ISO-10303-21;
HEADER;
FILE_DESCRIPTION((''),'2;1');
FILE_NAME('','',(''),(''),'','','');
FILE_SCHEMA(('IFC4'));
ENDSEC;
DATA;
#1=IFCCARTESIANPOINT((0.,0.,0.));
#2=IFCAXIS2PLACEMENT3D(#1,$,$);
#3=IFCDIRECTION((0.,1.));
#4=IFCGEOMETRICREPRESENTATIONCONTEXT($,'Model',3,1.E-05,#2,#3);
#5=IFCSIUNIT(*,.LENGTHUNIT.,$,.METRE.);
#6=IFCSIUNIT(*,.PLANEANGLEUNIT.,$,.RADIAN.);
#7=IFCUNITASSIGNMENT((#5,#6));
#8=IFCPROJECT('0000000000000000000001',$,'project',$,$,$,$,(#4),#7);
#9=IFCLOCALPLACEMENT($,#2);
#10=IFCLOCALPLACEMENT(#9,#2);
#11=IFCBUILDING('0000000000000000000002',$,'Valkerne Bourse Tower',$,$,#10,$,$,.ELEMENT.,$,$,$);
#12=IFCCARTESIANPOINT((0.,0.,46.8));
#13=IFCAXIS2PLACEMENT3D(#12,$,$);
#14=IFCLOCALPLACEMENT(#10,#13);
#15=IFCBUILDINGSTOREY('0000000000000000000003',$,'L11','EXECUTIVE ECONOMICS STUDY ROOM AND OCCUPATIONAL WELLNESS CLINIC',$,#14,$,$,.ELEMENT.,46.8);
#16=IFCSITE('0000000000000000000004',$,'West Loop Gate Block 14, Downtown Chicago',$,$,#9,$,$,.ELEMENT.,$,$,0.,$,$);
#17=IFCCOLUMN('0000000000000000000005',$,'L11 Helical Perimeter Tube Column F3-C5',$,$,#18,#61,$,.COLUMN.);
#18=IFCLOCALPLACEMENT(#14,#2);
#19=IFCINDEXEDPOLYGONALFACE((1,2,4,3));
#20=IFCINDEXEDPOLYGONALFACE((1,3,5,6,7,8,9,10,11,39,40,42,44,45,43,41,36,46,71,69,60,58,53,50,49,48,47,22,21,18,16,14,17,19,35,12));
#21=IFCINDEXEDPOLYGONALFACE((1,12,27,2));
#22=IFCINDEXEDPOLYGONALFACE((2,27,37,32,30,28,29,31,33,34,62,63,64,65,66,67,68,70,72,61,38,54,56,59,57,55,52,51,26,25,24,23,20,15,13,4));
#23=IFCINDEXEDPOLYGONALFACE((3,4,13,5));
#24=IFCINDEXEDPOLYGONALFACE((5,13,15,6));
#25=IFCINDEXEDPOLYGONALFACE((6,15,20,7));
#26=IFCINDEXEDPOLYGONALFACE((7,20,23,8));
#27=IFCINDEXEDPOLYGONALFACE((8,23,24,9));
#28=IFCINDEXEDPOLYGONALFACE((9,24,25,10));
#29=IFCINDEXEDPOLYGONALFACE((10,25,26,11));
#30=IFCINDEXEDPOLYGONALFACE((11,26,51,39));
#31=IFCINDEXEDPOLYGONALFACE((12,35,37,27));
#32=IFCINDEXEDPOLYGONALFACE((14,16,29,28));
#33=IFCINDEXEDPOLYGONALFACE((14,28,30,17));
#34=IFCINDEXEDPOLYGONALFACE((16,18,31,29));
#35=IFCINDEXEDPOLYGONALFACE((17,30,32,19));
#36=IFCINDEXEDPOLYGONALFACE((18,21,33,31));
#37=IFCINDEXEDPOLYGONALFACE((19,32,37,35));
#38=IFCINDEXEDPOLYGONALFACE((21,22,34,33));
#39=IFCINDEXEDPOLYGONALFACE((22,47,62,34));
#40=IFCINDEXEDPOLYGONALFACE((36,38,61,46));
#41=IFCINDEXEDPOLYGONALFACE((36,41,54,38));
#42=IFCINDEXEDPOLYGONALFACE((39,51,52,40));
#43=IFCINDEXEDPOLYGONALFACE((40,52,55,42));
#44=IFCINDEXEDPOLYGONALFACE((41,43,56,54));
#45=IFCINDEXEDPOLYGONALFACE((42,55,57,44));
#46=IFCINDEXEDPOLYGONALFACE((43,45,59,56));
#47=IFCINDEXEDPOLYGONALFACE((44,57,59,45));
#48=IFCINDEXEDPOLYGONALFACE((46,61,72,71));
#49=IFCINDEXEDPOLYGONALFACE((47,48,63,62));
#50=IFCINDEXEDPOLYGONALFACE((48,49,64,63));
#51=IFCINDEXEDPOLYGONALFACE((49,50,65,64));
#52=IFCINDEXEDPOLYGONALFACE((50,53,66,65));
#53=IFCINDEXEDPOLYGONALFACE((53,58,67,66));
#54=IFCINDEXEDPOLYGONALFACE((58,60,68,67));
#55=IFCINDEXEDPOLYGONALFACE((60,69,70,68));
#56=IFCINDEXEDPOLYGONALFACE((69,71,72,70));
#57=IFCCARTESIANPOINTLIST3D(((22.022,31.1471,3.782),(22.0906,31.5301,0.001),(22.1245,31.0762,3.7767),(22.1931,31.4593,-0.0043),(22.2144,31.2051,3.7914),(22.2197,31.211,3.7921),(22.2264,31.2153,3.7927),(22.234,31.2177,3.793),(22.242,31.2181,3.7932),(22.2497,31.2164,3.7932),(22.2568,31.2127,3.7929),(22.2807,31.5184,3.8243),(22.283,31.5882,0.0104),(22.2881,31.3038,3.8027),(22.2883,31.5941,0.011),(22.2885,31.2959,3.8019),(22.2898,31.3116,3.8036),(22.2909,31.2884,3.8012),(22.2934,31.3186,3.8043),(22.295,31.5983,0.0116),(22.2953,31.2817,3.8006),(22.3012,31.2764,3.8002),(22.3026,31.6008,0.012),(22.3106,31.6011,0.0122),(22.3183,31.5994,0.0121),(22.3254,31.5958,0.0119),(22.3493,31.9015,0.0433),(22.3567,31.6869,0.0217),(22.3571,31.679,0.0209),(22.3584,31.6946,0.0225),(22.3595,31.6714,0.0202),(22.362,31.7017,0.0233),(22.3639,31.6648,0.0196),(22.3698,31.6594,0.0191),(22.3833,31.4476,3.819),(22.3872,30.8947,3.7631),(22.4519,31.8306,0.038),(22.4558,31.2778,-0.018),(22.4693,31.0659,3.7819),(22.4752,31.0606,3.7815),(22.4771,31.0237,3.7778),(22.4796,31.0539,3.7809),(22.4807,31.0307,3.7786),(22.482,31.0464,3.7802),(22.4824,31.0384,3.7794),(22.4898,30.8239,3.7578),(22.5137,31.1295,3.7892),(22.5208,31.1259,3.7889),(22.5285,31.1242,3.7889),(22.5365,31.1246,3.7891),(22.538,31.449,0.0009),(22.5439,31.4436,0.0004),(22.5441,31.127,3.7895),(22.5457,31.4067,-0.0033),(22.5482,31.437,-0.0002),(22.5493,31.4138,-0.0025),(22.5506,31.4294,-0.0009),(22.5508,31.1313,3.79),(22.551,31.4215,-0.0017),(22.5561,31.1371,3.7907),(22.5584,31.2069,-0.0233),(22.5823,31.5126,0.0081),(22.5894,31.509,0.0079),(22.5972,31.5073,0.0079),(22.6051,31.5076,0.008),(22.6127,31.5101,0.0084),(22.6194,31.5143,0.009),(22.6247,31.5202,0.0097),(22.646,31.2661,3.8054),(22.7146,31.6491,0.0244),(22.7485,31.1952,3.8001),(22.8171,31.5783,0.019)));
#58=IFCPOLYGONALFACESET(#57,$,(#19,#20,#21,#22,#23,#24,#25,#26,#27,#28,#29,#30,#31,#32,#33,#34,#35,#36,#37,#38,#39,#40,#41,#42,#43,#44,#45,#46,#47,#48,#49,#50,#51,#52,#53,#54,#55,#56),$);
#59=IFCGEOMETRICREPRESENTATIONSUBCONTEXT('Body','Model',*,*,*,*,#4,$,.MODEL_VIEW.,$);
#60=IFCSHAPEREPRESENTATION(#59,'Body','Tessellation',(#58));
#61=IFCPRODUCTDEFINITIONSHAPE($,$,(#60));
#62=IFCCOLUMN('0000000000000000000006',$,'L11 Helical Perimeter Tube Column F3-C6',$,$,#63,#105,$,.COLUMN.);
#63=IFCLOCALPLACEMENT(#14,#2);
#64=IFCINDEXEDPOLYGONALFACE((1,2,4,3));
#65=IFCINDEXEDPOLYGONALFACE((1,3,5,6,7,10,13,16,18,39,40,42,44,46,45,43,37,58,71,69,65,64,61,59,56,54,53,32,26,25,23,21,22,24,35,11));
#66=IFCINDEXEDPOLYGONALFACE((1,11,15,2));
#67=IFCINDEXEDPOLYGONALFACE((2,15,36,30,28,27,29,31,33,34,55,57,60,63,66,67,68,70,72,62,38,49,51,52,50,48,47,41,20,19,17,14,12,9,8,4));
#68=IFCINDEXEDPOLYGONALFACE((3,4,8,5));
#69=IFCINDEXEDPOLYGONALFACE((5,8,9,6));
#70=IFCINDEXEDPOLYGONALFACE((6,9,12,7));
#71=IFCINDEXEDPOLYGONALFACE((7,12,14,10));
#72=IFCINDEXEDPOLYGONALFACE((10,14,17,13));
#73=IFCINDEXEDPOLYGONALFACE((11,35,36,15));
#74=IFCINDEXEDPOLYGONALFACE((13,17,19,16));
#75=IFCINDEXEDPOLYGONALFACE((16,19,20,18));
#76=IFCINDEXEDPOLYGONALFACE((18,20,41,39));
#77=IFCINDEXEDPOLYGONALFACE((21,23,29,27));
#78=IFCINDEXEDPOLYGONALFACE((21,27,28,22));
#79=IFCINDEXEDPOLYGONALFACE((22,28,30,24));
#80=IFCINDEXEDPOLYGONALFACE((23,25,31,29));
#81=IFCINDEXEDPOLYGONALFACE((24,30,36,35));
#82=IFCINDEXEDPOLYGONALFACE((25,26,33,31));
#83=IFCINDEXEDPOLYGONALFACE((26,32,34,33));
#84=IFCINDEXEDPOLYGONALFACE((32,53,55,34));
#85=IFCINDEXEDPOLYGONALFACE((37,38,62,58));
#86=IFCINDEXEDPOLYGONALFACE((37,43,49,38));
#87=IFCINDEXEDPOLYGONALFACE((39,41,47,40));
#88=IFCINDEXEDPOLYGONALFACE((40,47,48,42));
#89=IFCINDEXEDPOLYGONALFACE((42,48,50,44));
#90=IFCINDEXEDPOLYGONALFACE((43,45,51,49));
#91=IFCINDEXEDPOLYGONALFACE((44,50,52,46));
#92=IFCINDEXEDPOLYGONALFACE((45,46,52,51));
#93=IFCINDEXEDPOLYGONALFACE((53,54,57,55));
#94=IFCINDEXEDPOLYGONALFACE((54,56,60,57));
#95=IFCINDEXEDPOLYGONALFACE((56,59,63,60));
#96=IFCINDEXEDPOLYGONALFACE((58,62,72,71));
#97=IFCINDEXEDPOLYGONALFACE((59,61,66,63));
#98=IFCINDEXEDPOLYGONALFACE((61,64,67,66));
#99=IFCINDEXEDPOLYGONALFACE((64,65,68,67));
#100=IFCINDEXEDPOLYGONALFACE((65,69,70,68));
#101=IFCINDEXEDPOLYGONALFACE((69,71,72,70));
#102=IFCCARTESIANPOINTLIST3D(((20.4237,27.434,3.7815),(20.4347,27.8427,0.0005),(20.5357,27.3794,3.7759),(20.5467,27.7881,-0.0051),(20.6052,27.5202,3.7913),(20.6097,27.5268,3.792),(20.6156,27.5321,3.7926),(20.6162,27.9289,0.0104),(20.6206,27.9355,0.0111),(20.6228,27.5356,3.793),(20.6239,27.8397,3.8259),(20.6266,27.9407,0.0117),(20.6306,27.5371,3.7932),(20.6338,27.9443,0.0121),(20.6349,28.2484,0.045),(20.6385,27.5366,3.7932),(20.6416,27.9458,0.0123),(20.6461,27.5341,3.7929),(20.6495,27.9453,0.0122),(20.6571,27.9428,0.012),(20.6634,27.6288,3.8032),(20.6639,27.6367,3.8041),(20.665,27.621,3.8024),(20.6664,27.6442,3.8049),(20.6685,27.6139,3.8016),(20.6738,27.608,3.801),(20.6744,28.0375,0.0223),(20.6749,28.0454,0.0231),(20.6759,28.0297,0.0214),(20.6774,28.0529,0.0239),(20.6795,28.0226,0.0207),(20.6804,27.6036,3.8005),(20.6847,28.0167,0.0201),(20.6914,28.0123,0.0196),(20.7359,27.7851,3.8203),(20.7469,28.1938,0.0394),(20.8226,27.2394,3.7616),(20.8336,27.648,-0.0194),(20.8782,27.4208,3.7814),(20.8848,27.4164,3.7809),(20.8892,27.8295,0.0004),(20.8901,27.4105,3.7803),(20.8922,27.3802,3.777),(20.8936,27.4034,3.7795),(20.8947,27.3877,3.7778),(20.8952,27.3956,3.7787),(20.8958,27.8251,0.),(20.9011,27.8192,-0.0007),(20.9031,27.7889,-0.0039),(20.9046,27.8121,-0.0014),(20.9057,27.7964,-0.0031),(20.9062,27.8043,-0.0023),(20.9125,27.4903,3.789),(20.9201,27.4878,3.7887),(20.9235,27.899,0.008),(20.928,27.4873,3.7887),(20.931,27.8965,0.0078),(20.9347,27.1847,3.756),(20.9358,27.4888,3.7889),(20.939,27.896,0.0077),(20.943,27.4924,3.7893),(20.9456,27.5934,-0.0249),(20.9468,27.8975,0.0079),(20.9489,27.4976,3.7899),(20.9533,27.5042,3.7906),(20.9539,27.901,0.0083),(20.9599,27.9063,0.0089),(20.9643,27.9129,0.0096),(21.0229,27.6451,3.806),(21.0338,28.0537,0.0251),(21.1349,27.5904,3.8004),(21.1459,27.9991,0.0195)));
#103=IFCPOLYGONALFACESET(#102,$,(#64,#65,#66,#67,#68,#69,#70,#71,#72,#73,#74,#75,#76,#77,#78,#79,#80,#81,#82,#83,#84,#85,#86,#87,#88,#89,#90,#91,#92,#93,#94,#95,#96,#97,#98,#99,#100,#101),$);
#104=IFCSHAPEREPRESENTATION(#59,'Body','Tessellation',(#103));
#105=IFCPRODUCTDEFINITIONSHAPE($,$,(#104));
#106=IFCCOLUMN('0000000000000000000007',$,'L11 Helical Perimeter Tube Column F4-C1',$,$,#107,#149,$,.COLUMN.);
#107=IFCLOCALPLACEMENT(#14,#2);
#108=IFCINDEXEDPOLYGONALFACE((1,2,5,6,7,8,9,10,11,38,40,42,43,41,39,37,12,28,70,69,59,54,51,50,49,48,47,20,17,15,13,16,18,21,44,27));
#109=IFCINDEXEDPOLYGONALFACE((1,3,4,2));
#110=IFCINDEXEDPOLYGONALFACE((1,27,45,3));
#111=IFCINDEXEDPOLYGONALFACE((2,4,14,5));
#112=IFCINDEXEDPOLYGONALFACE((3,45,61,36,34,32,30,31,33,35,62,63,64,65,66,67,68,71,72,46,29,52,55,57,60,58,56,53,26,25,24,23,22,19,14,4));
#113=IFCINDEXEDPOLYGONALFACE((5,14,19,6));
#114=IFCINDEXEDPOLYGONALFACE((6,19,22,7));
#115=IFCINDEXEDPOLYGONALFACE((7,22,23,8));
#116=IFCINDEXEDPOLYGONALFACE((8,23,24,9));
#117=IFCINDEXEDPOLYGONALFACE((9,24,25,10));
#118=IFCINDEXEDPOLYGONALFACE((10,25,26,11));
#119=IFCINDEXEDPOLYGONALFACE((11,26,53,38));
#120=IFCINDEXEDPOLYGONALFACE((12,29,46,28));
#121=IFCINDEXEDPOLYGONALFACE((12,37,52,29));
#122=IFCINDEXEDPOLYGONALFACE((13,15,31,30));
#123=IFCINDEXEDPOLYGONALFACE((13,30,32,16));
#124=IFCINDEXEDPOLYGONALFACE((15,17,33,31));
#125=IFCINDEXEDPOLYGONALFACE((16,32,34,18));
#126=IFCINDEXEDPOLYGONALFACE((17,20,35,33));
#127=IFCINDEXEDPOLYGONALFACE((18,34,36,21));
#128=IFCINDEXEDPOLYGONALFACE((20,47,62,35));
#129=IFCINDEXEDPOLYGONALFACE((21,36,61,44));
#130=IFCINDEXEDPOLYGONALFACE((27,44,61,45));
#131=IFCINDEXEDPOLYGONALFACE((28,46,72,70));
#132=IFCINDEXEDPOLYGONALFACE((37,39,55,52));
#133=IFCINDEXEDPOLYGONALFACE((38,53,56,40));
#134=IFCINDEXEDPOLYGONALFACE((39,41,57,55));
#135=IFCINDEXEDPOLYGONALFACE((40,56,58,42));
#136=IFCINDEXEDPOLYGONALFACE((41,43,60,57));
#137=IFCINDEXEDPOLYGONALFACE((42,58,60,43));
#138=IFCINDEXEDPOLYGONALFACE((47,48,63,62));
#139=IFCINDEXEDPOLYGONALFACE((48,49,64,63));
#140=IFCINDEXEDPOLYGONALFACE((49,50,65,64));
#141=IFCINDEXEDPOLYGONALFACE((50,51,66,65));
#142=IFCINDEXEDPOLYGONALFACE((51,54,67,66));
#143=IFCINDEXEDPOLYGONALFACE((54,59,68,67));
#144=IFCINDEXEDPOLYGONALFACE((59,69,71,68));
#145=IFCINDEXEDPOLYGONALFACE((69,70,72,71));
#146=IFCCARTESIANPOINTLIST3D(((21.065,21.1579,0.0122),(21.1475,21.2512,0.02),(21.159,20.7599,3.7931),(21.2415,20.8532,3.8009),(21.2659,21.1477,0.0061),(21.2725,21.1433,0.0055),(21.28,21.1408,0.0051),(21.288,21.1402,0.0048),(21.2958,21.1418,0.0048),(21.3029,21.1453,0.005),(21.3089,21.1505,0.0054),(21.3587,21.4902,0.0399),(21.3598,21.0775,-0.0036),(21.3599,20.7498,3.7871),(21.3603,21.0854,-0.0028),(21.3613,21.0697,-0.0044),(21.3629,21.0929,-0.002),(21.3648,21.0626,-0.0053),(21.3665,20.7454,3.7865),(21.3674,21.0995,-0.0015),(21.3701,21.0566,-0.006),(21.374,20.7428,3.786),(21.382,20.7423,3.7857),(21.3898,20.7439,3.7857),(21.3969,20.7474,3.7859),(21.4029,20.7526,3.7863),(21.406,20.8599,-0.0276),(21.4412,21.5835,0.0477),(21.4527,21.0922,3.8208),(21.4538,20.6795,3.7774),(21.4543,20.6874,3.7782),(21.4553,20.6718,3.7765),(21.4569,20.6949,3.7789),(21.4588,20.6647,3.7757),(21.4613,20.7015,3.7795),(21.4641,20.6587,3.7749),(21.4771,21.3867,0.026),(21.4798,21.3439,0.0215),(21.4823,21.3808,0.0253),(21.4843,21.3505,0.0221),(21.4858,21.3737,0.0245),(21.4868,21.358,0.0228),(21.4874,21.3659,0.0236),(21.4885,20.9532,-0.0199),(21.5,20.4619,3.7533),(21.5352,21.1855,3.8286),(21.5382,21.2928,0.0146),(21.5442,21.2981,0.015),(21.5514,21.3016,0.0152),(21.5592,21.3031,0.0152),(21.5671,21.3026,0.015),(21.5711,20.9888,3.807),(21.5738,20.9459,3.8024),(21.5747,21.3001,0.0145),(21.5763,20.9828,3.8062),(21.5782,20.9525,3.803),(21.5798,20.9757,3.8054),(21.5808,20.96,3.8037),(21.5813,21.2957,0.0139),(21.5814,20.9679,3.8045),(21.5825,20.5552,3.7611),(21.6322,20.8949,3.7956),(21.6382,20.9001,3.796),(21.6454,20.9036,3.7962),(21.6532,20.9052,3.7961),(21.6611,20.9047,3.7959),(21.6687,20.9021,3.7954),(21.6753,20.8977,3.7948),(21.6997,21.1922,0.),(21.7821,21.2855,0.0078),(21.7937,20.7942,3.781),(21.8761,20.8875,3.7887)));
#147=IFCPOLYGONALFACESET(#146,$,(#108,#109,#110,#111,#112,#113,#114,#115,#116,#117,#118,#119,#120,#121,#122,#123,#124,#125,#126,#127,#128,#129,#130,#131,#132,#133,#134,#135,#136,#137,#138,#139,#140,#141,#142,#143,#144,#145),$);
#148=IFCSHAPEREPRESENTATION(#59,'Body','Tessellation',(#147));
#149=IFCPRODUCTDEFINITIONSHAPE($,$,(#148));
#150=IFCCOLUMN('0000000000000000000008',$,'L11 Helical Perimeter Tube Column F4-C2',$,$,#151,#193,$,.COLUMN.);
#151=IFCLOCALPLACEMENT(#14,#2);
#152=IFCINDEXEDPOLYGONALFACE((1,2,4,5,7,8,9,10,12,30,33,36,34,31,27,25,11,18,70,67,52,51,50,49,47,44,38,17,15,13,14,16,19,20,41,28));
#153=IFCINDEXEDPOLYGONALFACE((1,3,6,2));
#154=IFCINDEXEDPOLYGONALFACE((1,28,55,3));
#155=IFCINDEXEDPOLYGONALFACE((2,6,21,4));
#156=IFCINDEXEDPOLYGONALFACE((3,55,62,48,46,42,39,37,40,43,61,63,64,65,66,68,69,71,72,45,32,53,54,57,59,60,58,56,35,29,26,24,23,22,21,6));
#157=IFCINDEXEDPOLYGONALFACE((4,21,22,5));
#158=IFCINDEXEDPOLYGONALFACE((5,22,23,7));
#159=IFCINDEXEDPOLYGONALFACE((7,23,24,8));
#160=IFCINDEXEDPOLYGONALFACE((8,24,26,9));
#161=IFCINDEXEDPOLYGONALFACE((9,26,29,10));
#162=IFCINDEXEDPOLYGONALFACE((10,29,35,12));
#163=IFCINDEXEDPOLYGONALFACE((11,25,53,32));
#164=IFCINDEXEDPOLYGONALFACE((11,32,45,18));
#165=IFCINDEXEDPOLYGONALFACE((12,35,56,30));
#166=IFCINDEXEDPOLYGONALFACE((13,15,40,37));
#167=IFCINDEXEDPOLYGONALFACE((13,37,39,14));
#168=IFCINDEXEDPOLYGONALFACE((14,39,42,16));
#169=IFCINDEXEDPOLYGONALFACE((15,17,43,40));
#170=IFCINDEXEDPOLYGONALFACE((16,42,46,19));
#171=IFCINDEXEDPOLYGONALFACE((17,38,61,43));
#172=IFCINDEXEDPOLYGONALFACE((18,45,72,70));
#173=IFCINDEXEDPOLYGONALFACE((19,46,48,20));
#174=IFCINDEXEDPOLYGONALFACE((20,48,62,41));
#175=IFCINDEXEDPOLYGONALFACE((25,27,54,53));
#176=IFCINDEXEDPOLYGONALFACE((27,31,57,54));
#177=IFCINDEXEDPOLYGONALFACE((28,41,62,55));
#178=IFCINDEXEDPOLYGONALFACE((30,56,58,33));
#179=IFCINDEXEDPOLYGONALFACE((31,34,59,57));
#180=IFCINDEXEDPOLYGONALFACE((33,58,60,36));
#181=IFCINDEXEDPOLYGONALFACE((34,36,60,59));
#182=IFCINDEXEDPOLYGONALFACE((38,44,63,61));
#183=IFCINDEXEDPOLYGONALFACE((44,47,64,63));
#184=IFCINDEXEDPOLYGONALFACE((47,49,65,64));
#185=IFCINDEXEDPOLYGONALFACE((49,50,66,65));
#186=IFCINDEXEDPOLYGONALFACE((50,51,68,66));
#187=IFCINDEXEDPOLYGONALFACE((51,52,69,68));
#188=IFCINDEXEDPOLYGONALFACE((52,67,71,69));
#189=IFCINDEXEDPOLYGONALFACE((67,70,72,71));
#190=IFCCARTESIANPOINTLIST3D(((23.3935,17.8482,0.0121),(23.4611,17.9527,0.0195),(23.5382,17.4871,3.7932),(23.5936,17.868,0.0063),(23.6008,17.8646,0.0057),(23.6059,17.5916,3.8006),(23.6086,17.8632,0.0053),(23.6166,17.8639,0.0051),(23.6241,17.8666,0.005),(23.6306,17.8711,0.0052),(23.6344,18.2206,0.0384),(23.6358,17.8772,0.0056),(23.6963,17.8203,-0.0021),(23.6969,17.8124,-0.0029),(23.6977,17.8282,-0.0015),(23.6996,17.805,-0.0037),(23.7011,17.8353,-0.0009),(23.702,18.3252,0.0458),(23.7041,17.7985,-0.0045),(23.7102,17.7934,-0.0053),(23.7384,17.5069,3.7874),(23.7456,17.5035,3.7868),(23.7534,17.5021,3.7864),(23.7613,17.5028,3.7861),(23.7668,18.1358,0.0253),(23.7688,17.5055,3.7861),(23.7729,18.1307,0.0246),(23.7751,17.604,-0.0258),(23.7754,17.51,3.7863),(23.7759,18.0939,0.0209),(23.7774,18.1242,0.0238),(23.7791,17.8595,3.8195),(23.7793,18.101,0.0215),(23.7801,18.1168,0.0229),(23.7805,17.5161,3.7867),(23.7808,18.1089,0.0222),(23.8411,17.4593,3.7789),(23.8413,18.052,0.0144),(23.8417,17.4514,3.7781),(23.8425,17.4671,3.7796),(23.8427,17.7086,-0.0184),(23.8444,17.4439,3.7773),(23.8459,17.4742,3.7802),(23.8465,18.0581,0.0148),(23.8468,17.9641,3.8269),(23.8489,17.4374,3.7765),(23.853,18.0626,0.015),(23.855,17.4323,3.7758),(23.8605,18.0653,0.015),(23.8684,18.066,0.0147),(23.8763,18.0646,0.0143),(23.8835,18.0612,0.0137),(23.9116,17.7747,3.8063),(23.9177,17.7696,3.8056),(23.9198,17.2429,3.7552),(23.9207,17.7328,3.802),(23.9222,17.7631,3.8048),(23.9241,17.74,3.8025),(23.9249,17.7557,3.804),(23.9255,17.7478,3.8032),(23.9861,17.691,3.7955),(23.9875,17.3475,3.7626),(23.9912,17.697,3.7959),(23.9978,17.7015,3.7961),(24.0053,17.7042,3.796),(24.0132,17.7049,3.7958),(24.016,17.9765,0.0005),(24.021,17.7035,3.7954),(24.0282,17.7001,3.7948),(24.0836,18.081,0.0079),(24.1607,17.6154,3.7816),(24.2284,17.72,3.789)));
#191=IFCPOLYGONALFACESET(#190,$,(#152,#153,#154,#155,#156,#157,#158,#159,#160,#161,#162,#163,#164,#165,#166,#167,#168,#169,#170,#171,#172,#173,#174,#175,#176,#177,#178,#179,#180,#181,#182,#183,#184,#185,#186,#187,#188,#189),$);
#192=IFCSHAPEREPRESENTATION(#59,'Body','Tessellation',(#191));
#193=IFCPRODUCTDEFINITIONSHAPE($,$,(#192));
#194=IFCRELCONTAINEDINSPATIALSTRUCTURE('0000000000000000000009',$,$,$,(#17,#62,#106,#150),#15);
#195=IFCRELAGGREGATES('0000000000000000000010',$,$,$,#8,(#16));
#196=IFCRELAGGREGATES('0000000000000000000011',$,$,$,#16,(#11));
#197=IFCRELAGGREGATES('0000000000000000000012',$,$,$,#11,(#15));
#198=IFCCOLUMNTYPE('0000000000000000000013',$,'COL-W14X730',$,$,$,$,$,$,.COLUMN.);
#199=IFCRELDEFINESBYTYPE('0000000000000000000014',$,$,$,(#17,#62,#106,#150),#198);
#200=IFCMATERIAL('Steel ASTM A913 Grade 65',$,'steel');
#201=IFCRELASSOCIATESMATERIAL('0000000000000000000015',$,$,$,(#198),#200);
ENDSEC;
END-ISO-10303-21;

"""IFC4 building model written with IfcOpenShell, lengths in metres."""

from ifc_helpers import new_model, si_unit, direction, frame, origin, origin_2d, place, context, subcontext, project, spatial, i_section, extrude, material, material_profile, profile_set, type_object, element, save


model = new_model("IFC4")

# Units and contexts
model_context = context("Model", 3, precision=1e-05, world=origin(), true_north=direction((0.0, 1.0)))
body_context = subcontext(model_context, "Body", "Model", "MODEL_VIEW")
ifc_project = project(units=[si_unit("LENGTHUNIT", "METRE"), si_unit("PLANEANGLEUNIT", "RADIAN")], contexts=[model_context])

# Site, building, storey
site_placement = place(None, origin())
site = spatial("IfcSite", under=ifc_project, at=site_placement, Name="West Loop Gate Block 14, Downtown Chicago", CompositionType="ELEMENT", RefElevation=0.0)
building_placement = place(site_placement, origin())
building = spatial("IfcBuilding", under=site, at=building_placement, Name="Valkerne Bourse Tower", CompositionType="ELEMENT")
storey_placement = place(building_placement, frame((0.0, 0.0, 46.8)))
storey = spatial("IfcBuildingStorey", under=building, at=storey_placement, Name="L11", Description="EXECUTIVE ECONOMICS STUDY ROOM AND OCCUPATIONAL WELLNESS CLINIC", CompositionType="ELEMENT", Elevation=46.8)

# Columns
ifc_material_1 = material(Name="Steel ASTM A913 Grade 65", Category="steel")
ifc_material_profile_1 = material_profile(ifc_material_1, i_section(OverallWidth=0.4546, OverallDepth=0.5691, WebThickness=0.0779, FlangeThickness=0.1248, FilletRadius=0.0305, at=origin_2d()), Name="W14X730")
ifc_profile_set_1 = profile_set([ifc_material_profile_1], Name="Steel ASTM A913 Grade 65")
column_type = type_object("IfcColumnType", Name="COL-W14X730", PredefinedType="COLUMN", material=ifc_profile_set_1)
column_1_placement = place(storey_placement, frame((22.4539, 31.5542, 0.01), z_axis=(-0.018049, -0.100778, 0.994745), x_axis=(-0.569208, -0.816907, -0.093089)))
element("IfcColumn", 1, at=column_1_placement, inside=storey, type_object=column_type, Name="L11 Helical Perimeter Tube Column F3-C5", PredefinedType="COLUMN", context=body_context, shape_type="SweptSolid", body=[
    extrude(i_section(OverallWidth=0.4546, OverallDepth=0.5691, WebThickness=0.0779, FlangeThickness=0.1248, FilletRadius=0.0305, at=origin_2d()), origin(), (0.0, 0.0, 1.0), 3.801),
])
for number, where, z_axis, x_axis, name in (
    (2, (20.7903, 27.9209, 0.01), (-0.002889, -0.107464, 0.994205), (-0.440422, -0.892454, -0.097746), "L11 Helical Perimeter Tube Column F3-C6"),
    (3, (21.4236, 21.2217, 0.01), (0.024715, -0.104639, 0.994203), (0.750057, -0.655541, -0.087641), "L11 Helical Perimeter Tube Column F4-C1"),
):
    element("IfcColumn", number, at=place(storey_placement, frame(where, z_axis=z_axis, x_axis=x_axis)), inside=storey, type_object=column_type, Name=name, PredefinedType="COLUMN", context=body_context, shape_type="SweptSolid", body=[
        extrude(i_section(OverallWidth=0.4546, OverallDepth=0.5691, WebThickness=0.0779, FlangeThickness=0.1248, FilletRadius=0.0305, at=origin_2d()), origin(), (0.0, 0.0, 1.0), 3.803),
    ])
column_2_placement = place(storey_placement, frame((23.7385, 17.9646, 0.01), z_axis=(0.038089, -0.094998, 0.994749), x_axis=(0.839429, -0.537028, -0.083428)))
element("IfcColumn", 4, at=column_2_placement, inside=storey, type_object=column_type, Name="L11 Helical Perimeter Tube Column F4-C2", PredefinedType="COLUMN", context=body_context, shape_type="SweptSolid", body=[
    extrude(i_section(OverallWidth=0.4546, OverallDepth=0.5691, WebThickness=0.0779, FlangeThickness=0.1248, FilletRadius=0.0305, at=origin_2d()), origin(), (0.0, 0.0, 1.0), 3.801),
])

save(model, "model.ifc")
